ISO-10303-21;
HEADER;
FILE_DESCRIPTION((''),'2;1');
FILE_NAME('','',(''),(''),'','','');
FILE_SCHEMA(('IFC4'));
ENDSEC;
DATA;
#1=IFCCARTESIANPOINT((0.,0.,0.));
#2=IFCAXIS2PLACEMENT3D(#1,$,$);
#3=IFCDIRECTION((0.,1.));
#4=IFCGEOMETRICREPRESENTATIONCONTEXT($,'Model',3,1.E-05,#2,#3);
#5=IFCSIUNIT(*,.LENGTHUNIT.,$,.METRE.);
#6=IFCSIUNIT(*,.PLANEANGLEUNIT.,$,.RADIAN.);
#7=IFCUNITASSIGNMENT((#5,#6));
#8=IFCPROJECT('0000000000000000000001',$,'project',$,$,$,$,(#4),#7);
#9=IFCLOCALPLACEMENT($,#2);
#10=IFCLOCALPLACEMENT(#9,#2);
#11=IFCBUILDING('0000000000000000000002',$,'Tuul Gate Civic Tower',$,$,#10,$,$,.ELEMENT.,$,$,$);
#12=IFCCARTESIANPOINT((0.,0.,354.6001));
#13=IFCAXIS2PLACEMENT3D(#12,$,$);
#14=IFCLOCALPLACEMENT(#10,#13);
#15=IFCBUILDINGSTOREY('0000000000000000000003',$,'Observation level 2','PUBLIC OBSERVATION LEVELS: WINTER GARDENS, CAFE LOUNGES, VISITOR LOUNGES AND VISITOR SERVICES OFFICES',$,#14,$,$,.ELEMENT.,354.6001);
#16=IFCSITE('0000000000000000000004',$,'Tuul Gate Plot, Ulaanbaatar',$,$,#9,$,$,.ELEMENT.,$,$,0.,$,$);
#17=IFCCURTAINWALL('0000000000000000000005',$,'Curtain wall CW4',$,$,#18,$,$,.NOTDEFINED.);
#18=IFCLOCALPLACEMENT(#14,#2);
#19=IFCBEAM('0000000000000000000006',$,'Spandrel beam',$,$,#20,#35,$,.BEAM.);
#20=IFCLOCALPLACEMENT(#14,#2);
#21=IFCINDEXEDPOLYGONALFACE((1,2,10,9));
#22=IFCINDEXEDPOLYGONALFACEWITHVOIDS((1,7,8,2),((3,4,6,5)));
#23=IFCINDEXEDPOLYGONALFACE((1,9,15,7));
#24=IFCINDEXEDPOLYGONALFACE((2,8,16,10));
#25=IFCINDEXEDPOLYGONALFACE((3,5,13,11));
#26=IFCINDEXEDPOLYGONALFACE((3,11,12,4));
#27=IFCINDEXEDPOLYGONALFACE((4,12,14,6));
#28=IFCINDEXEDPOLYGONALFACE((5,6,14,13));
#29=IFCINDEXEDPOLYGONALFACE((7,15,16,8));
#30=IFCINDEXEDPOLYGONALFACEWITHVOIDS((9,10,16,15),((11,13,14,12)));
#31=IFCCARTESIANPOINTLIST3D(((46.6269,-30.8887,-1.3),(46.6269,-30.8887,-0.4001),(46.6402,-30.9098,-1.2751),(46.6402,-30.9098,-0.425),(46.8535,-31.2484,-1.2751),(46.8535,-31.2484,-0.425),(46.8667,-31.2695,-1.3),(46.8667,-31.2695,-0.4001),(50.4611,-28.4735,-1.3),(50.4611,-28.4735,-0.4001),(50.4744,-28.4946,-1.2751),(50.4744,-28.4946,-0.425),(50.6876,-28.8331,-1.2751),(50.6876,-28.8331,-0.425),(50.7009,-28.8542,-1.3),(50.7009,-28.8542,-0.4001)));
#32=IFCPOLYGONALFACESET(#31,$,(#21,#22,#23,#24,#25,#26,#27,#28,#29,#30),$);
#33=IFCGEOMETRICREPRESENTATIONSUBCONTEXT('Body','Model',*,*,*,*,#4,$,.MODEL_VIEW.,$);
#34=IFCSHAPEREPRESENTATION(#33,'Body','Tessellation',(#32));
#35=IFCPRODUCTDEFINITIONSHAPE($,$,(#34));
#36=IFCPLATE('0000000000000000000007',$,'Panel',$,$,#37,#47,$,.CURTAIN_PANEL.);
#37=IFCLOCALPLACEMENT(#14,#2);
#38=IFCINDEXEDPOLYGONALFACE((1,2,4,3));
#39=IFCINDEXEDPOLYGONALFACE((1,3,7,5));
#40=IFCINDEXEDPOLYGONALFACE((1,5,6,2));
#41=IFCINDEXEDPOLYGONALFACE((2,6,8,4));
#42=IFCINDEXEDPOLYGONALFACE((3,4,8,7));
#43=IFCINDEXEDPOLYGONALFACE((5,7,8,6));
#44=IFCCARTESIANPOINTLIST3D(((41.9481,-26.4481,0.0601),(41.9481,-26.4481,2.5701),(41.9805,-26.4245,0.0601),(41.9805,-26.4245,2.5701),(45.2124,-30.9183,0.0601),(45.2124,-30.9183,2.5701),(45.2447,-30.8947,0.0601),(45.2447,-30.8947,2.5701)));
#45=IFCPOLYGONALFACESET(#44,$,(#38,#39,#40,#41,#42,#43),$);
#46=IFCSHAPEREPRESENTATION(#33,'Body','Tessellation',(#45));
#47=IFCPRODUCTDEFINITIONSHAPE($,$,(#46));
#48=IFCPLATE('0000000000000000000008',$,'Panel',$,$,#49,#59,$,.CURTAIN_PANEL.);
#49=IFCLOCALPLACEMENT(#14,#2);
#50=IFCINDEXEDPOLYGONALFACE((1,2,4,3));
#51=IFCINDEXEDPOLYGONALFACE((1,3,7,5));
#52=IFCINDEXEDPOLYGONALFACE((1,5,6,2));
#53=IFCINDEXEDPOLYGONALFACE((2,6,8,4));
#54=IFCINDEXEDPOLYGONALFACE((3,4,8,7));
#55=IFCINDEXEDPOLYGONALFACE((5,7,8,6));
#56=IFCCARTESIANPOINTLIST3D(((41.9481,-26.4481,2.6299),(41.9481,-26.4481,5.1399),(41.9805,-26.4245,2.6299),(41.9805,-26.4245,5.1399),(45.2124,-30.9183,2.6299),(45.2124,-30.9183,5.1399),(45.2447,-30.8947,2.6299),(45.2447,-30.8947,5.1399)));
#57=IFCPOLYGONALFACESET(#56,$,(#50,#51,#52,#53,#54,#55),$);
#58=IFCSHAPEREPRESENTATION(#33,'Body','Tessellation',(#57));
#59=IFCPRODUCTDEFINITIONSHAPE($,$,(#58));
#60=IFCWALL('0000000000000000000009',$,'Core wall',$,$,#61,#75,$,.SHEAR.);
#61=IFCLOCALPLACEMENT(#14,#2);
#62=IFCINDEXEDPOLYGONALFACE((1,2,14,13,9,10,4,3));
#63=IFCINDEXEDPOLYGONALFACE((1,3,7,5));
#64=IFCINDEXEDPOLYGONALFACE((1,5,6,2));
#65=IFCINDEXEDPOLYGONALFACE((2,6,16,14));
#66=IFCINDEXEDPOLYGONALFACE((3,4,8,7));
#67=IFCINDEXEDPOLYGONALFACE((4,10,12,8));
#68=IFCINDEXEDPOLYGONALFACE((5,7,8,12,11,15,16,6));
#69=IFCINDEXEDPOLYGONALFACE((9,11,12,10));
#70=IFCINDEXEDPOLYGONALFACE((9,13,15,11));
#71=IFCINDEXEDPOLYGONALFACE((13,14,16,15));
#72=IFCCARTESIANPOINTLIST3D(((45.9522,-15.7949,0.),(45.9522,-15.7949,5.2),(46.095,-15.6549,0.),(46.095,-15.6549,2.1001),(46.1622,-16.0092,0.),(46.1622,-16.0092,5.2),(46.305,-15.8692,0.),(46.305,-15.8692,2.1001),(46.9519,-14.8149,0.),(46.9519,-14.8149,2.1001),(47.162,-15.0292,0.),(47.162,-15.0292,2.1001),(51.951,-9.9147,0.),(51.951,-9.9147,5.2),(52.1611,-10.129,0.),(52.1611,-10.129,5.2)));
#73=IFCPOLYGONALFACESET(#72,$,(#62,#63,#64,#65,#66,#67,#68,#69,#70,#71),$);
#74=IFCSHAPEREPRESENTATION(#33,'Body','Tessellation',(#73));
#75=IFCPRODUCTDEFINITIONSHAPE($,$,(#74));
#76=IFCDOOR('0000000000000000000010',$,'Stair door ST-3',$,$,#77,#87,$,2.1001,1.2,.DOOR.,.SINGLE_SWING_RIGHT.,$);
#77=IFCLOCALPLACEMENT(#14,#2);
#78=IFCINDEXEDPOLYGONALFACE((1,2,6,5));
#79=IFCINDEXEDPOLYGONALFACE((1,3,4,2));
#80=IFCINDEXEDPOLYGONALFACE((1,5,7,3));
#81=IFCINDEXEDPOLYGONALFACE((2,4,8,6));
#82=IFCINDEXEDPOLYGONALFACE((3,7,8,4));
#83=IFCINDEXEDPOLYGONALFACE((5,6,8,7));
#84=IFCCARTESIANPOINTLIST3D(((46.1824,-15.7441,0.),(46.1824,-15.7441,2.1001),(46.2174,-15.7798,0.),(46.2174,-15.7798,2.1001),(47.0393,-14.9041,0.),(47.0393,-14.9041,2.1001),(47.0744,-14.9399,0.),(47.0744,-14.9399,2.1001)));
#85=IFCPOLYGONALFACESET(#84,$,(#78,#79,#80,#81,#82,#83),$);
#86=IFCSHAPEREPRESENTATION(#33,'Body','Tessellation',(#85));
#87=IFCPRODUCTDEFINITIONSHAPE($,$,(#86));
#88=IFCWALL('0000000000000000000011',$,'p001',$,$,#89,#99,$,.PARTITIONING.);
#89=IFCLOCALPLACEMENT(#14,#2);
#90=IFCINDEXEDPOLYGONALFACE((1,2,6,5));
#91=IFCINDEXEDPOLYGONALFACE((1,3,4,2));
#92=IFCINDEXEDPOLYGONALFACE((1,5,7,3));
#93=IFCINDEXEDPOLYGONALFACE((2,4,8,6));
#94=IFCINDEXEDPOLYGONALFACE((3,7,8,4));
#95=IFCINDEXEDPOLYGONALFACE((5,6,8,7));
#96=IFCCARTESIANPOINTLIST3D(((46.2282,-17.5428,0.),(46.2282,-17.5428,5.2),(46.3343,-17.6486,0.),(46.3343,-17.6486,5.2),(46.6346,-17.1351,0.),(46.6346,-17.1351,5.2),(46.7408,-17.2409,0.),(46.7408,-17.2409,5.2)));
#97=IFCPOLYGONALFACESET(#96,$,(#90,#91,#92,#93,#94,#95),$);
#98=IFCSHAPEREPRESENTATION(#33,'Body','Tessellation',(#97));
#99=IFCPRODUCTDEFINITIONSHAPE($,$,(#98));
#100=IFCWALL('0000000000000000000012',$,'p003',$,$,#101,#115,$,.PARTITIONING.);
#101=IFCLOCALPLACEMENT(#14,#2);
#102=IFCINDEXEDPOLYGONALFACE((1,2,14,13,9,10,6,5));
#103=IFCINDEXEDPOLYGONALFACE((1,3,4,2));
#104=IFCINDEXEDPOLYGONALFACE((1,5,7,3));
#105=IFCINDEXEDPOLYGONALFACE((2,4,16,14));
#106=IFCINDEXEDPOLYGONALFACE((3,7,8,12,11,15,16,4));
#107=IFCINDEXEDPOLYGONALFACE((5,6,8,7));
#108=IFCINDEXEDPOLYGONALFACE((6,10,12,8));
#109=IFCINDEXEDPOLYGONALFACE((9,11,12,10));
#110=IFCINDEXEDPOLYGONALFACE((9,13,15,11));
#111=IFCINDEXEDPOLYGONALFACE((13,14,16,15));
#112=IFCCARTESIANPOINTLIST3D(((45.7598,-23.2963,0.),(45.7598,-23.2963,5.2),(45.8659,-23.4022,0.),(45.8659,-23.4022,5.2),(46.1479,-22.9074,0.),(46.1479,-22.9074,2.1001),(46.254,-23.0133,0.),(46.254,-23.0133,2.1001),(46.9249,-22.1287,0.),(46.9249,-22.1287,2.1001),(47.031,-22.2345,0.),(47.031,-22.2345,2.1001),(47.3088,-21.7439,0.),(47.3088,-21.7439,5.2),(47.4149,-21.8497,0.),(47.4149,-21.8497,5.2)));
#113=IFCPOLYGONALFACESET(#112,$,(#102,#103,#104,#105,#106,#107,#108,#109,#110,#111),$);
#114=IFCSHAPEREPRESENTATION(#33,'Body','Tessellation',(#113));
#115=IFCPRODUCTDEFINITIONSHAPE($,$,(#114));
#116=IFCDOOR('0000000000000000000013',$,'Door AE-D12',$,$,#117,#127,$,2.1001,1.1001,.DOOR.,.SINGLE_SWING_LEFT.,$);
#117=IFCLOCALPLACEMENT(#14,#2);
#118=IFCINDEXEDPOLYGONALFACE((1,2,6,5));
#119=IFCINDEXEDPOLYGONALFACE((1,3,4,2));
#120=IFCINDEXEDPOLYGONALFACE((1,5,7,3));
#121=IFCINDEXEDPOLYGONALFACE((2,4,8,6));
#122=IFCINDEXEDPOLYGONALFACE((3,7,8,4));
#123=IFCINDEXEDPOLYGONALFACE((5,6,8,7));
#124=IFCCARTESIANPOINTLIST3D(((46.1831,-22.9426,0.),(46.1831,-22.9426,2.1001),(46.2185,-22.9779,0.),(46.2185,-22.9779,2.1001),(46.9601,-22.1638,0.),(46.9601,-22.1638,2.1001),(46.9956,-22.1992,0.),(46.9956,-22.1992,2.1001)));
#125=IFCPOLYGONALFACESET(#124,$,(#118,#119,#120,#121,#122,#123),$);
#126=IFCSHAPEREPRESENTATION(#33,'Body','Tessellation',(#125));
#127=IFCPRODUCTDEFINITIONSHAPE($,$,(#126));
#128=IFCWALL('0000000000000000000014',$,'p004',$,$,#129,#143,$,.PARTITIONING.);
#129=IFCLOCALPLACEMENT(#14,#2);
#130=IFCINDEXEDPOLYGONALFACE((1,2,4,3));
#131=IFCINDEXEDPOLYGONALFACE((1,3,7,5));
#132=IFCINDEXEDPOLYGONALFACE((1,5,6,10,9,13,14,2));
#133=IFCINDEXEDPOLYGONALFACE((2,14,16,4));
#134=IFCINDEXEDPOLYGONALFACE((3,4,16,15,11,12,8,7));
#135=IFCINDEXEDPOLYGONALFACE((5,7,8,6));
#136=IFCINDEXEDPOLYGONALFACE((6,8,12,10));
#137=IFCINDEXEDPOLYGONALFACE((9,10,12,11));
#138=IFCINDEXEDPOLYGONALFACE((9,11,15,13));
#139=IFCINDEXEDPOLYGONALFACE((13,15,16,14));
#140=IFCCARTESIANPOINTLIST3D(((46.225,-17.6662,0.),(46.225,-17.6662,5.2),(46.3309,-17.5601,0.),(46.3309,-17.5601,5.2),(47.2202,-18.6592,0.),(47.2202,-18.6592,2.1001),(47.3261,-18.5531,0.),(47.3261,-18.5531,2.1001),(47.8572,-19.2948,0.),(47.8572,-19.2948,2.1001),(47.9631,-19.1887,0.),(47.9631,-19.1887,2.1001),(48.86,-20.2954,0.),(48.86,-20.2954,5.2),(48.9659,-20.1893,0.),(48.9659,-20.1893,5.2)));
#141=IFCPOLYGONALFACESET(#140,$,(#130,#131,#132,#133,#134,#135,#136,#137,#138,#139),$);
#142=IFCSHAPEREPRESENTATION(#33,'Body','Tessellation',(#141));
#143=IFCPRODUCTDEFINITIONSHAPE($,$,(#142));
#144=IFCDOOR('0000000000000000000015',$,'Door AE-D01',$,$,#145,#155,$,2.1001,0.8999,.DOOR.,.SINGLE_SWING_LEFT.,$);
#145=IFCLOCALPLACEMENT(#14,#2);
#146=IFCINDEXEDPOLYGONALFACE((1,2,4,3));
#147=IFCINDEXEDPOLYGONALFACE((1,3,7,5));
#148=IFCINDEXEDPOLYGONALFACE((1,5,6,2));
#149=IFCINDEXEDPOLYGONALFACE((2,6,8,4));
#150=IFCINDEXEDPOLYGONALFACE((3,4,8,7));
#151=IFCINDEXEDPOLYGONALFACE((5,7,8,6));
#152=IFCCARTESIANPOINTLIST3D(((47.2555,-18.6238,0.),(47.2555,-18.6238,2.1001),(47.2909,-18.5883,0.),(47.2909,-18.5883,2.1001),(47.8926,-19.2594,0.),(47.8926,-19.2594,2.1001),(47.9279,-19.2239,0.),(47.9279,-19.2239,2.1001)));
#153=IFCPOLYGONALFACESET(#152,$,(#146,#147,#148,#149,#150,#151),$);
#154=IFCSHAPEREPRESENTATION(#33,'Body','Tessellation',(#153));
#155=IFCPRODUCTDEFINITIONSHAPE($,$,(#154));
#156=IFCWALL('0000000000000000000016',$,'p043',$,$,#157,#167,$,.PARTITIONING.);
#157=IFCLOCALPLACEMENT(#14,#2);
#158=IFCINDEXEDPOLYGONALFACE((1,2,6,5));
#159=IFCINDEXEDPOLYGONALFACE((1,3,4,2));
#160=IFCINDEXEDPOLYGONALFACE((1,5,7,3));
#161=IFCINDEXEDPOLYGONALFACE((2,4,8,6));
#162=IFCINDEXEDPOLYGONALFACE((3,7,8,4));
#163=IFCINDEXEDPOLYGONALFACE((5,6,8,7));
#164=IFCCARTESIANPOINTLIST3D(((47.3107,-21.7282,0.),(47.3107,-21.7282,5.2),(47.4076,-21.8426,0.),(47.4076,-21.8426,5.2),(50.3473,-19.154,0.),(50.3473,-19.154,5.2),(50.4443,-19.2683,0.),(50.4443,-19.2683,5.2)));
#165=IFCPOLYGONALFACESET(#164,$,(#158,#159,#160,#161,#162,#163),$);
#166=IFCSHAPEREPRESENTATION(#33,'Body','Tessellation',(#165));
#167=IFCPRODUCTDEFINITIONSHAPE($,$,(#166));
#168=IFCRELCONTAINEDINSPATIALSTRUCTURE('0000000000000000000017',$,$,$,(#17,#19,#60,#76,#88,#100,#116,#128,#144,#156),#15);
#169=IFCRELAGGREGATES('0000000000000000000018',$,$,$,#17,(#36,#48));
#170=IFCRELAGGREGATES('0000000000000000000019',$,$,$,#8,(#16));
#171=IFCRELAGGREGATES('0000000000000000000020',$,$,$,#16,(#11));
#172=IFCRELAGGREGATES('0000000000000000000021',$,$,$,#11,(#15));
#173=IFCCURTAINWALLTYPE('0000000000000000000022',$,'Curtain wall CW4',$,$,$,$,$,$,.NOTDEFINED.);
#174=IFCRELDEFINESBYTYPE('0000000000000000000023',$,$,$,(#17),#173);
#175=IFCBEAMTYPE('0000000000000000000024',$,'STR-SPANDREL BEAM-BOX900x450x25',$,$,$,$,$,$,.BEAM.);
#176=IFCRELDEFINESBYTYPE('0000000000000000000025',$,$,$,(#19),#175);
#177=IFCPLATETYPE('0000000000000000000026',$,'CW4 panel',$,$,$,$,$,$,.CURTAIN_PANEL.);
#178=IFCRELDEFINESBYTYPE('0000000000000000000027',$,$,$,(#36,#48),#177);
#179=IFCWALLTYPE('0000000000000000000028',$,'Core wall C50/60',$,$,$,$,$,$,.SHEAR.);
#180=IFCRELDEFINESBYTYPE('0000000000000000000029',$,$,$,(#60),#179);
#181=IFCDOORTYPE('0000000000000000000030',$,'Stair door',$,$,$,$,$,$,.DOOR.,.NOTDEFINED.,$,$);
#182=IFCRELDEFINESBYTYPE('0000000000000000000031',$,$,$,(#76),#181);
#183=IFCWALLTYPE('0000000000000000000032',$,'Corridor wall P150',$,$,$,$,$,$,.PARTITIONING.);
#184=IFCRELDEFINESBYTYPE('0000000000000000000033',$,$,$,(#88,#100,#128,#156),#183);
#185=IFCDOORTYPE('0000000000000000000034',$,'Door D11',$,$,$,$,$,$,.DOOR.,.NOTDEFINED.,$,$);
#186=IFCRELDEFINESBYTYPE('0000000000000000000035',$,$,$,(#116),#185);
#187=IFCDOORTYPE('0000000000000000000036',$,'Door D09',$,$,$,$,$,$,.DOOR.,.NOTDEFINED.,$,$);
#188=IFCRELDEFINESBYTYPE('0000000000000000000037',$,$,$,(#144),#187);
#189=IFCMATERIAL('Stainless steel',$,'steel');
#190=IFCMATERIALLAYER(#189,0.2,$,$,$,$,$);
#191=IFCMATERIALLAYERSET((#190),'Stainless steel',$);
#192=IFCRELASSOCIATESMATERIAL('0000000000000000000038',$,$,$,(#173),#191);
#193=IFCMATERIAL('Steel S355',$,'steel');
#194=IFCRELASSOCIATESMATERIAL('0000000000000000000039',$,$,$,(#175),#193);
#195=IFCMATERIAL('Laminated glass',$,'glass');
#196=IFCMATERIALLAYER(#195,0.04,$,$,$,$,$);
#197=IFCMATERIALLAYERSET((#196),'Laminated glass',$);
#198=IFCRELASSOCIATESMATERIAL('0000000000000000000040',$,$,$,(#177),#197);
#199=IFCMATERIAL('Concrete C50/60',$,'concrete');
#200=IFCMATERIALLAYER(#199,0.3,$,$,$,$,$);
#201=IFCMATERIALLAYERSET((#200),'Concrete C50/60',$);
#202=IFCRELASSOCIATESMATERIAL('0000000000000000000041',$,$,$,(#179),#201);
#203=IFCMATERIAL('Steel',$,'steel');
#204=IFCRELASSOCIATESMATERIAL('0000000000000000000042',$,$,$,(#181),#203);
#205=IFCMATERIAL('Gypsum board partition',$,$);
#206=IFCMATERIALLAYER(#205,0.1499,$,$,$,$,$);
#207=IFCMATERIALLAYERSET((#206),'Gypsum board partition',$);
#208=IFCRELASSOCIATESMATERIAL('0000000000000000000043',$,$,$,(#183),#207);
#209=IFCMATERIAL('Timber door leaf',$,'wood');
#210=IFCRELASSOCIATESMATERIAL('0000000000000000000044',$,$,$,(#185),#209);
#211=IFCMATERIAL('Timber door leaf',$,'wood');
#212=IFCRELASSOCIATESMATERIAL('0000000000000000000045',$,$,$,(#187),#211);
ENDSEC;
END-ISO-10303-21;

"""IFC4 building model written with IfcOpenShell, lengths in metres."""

from ifc_helpers import new_model, si_unit, direction, frame, frame_2d, origin, origin_2d, place, context, subcontext, project, spatial, rectangle, hollow_rectangle, extrude, material, layer, layer_set, material_profile, profile_set, type_object, element, fill, aggregate, save


model = new_model("IFC4")

# Units and contexts
model_context = context("Model", 3, precision=1e-05, world=origin(), true_north=direction((0.0, 1.0)))
body_context = subcontext(model_context, "Body", "Model", "MODEL_VIEW")
ifc_project = project(units=[si_unit("LENGTHUNIT", "METRE"), si_unit("PLANEANGLEUNIT", "RADIAN")], contexts=[model_context])

# Site, building, storey
site_placement = place(None, origin())
site = spatial("IfcSite", under=ifc_project, at=site_placement, Name="Tuul Gate Plot, Ulaanbaatar", CompositionType="ELEMENT", RefElevation=0.0)
building_placement = place(site_placement, origin())
building = spatial("IfcBuilding", under=site, at=building_placement, Name="Tuul Gate Civic Tower", CompositionType="ELEMENT")
storey_placement = place(building_placement, frame((0.0, 0.0, 354.6001)))
storey = spatial("IfcBuildingStorey", under=building, at=storey_placement, Name="Observation level 2", Description="PUBLIC OBSERVATION LEVELS: WINTER GARDENS, CAFE LOUNGES, VISITOR LOUNGES AND VISITOR SERVICES OFFICES", CompositionType="ELEMENT", Elevation=354.6001)

# Curtain wall
ifc_material_1 = material(Name="Stainless steel", Category="steel")
ifc_layer_1 = layer(ifc_material_1, 0.2)
ifc_layer_set_1 = layer_set([ifc_layer_1], Name="Stainless steel")
curtain_wall_type = type_object("IfcCurtainWallType", Name="Curtain wall CW4", PredefinedType="NOTDEFINED", material=ifc_layer_set_1)
curtain_wall_1_placement = place(storey_placement, origin())
curtain_wall_1 = element("IfcCurtainWall", 1, at=curtain_wall_1_placement, inside=storey, type_object=curtain_wall_type, Name="Curtain wall CW4", PredefinedType="NOTDEFINED")

# Beam
ifc_material_2 = material(Name="Steel S355", Category="steel")
ifc_material_profile_1 = material_profile(ifc_material_2, hollow_rectangle(XDim=0.45, YDim=0.8999, WallThickness=0.0249, at=origin_2d()), Name="BOX900x450x25")
ifc_profile_set_1 = profile_set([ifc_material_profile_1], Name="Steel S355")
beam_type = type_object("IfcBeamType", Name="STR-SPANDREL BEAM-BOX900x450x25", PredefinedType="BEAM", material=ifc_profile_set_1)
beam_1_placement = place(storey_placement, frame((46.7468, -31.0791, -0.8501), z_axis=(0.846119, 0.532993, 0.0), x_axis=(-0.532993, 0.846119, 0.0)))
element("IfcBeam", 2, at=beam_1_placement, inside=storey, type_object=beam_type, Name="Spandrel beam", PredefinedType="BEAM", context=body_context, shape_type="SweptSolid", body=[
    extrude(hollow_rectangle(XDim=0.45, YDim=0.8999, WallThickness=0.0249, at=origin_2d()), origin(), (0.0, 0.0, 1.0), 4.5315),
])

# Plates
ifc_material_3 = material(Name="Laminated glass", Category="glass")
ifc_layer_2 = layer(ifc_material_3, 0.04)
ifc_layer_set_2 = layer_set([ifc_layer_2], Name="Laminated glass")
plate_type = type_object("IfcPlateType", Name="CW4 panel", PredefinedType="CURTAIN_PANEL", material=ifc_layer_set_2)
plate_1_placement = place(storey_placement, frame((43.5964, -28.6714, 0.0601), z_axis=(0.0, 0.0, 1.0), x_axis=(0.589737, -0.807595, 0.0)))
plate_1 = element("IfcPlate", 3, at=plate_1_placement, type_object=plate_type, Name="Panel", PredefinedType="CURTAIN_PANEL", context=body_context, shape_type="SweptSolid", body=[
    extrude(rectangle(XDim=5.5352, YDim=0.04, at=origin_2d()), origin(), (0.0, 0.0, 1.0), 2.51),
])
plate_2_placement = place(storey_placement, frame((43.5964, -28.6714, 2.6299), z_axis=(0.0, 0.0, 1.0), x_axis=(0.589737, -0.807595, 0.0)))
plate_2 = element("IfcPlate", 4, at=plate_2_placement, type_object=plate_type, Name="Panel", PredefinedType="CURTAIN_PANEL", context=body_context, shape_type="SweptSolid", body=[
    extrude(rectangle(XDim=5.5352, YDim=0.04, at=origin_2d()), origin(), (0.0, 0.0, 1.0), 2.51),
])
aggregate(curtain_wall_1, [plate_1, plate_2])

# Wall, opening, door
ifc_material_4 = material(Name="Concrete C50/60", Category="concrete")
ifc_layer_3 = layer(ifc_material_4, 0.3)
ifc_layer_set_3 = layer_set([ifc_layer_3], Name="Concrete C50/60")
wall_type_1 = type_object("IfcWallType", Name="Core wall C50/60", PredefinedType="SHEAR", material=ifc_layer_set_3)
wall_1_placement = place(storey_placement, frame((46.0571, -15.9021, 0.0), z_axis=(0.0, 0.0, 1.0), x_axis=(0.714134, 0.700009, 0.0)))
wall_1 = element("IfcWall", 5, at=wall_1_placement, inside=storey, type_object=wall_type_1, Name="Core wall", PredefinedType="SHEAR", context=body_context, shape_type="SweptSolid", body=[
    extrude(rectangle(XDim=8.4001, YDim=0.3, at=frame_2d((4.2002, 0.0))), origin(), (0.0, 0.0, 1.0), 5.2),
])
opening_1_placement = place(wall_1_placement, frame((0.2, 0.0, 0.0)))
opening_1 = element("IfcOpeningElement", 6, at=opening_1_placement, cuts=wall_1, PredefinedType="OPENING", context=body_context, shape_type="SweptSolid", body=[
    extrude(rectangle(XDim=1.2, YDim=2.1001, at=frame_2d((0.6001, 1.05))), frame((0.0, 0.1602, 0.0), z_axis=(0.0, -1.0, 0.0), x_axis=(1.0, 0.0, 0.0)), (0.0, 0.0, 1.0), 0.3201),
])
ifc_material_5 = material(Name="Steel", Category="steel")
door_type_1 = type_object("IfcDoorType", Name="Stair door", OperationType="NOTDEFINED", PredefinedType="DOOR", material=ifc_material_5)
door_1_placement = place(opening_1_placement, frame((1.2, 0.0, 0.0), z_axis=(0.0, 0.0, 1.0), x_axis=(-1.0, 0.0, 0.0)))
door_1 = element("IfcDoor", 7, at=door_1_placement, inside=storey, type_object=door_type_1, Name="Stair door ST-3", OperationType="SINGLE_SWING_RIGHT", OverallHeight=2.1001, OverallWidth=1.2, PredefinedType="DOOR", context=body_context, shape_type="SweptSolid", body=[
    extrude(rectangle(XDim=1.2, YDim=2.1001, at=frame_2d((0.5999, 1.05))), frame((0.0, 0.0249, 0.0), z_axis=(0.0, -1.0, 0.0), x_axis=(1.0, 0.0, 0.0)), (0.0, 0.0, 1.0), 0.05),
])
fill(opening_1, door_1)

# Wall
ifc_material_6 = material(Name="Gypsum board partition")
ifc_layer_4 = layer(ifc_material_6, 0.1499)
ifc_layer_set_4 = layer_set([ifc_layer_4], Name="Gypsum board partition")
wall_type_2 = type_object("IfcWallType", Name="Corridor wall P150", PredefinedType="PARTITIONING", material=ifc_layer_set_4)
wall_2_placement = place(storey_placement, frame((46.2812, -17.5957, 0.0), z_axis=(0.0, 0.0, 1.0), x_axis=(0.706046, 0.708166, 0.0)))
element("IfcWall", 8, at=wall_2_placement, inside=storey, type_object=wall_type_2, Name="p001", PredefinedType="PARTITIONING", context=body_context, shape_type="SweptSolid", body=[
    extrude(rectangle(XDim=0.5757, YDim=0.1499, at=frame_2d((0.2878, 0.0))), origin(), (0.0, 0.0, 1.0), 5.2),
])

# Walls, openings, doors
wall_3_placement = place(storey_placement, frame((45.8127, -23.3494, 0.0), z_axis=(0.0, 0.0, 1.0), x_axis=(0.706327, 0.707886, 0.0)))
wall_3 = element("IfcWall", 9, at=wall_3_placement, inside=storey, type_object=wall_type_2, Name="p003", PredefinedType="PARTITIONING", context=body_context, shape_type="SweptSolid", body=[
    extrude(rectangle(XDim=2.1931, YDim=0.1499, at=frame_2d((1.0967, 0.0))), origin(), (0.0, 0.0, 1.0), 5.2),
])
opening_2_placement = place(wall_3_placement, frame((0.5496, 0.0, 0.0)))
opening_2 = element("IfcOpeningElement", 10, at=opening_2_placement, cuts=wall_3, PredefinedType="OPENING", context=body_context, shape_type="SweptSolid", body=[
    extrude(rectangle(XDim=1.1001, YDim=2.1001, at=frame_2d((0.55, 1.05))), frame((0.0, 0.085, 0.0), z_axis=(0.0, -1.0, 0.0), x_axis=(1.0, 0.0, 0.0)), (0.0, 0.0, 1.0), 0.1699),
])
ifc_material_7 = material(Name="Timber door leaf", Category="wood")
door_type_2 = type_object("IfcDoorType", Name="Door D11", OperationType="NOTDEFINED", PredefinedType="DOOR", material=ifc_material_7)
door_2_placement = place(opening_2_placement, frame((1.1001, 0.0, 0.0), z_axis=(0.0, 0.0, 1.0), x_axis=(-1.0, 0.0, 0.0)))
door_2 = element("IfcDoor", 11, at=door_2_placement, inside=storey, type_object=door_type_2, Name="Door AE-D12", OperationType="SINGLE_SWING_LEFT", OverallHeight=2.1001, OverallWidth=1.1001, PredefinedType="DOOR", context=body_context, shape_type="SweptSolid", body=[
    extrude(rectangle(XDim=1.1001, YDim=2.1001, at=frame_2d((0.55, 1.05))), frame((0.0, 0.0249, 0.0), z_axis=(0.0, -1.0, 0.0), x_axis=(1.0, 0.0, 0.0)), (0.0, 0.0, 1.0), 0.05),
])
fill(opening_2, door_2)
wall_4_placement = place(storey_placement, frame((46.2778, -17.613, 0.0), z_axis=(0.0, 0.0, 1.0), x_axis=(0.707893, -0.706319, 0.0)))
wall_4 = element("IfcWall", 12, at=wall_4_placement, inside=storey, type_object=wall_type_2, Name="p004", PredefinedType="PARTITIONING", context=body_context, shape_type="SweptSolid", body=[
    extrude(rectangle(XDim=3.7224, YDim=0.1499, at=frame_2d((1.8613, 0.0))), origin(), (0.0, 0.0, 1.0), 5.2),
])
opening_3_placement = place(wall_4_placement, frame((1.406, 0.0, 0.0)))
opening_3 = element("IfcOpeningElement", 13, at=opening_3_placement, cuts=wall_4, PredefinedType="OPENING", context=body_context, shape_type="SweptSolid", body=[
    extrude(rectangle(XDim=0.8999, YDim=2.1001, at=frame_2d((0.45, 1.05))), frame((0.0, 0.085, 0.0), z_axis=(0.0, -1.0, 0.0), x_axis=(1.0, 0.0, 0.0)), (0.0, 0.0, 1.0), 0.1699),
])
ifc_material_8 = material(Name="Timber door leaf", Category="wood")
door_type_3 = type_object("IfcDoorType", Name="Door D09", OperationType="NOTDEFINED", PredefinedType="DOOR", material=ifc_material_8)
door_3_placement = place(opening_3_placement, frame((0.8999, 0.0, 0.0), z_axis=(0.0, 0.0, 1.0), x_axis=(-1.0, 0.0, 0.0)))
door_3 = element("IfcDoor", 14, at=door_3_placement, inside=storey, type_object=door_type_3, Name="Door AE-D01", OperationType="SINGLE_SWING_LEFT", OverallHeight=2.1001, OverallWidth=0.8999, PredefinedType="DOOR", context=body_context, shape_type="SweptSolid", body=[
    extrude(rectangle(XDim=0.8999, YDim=2.1001, at=frame_2d((0.45, 1.05))), frame((0.0, 0.0249, 0.0), z_axis=(0.0, -1.0, 0.0), x_axis=(1.0, 0.0, 0.0)), (0.0, 0.0, 1.0), 0.05),
])
fill(opening_3, door_3)

# Wall
wall_5_placement = place(storey_placement, frame((47.3591, -21.7854, 0.0), z_axis=(0.0, 0.0, 1.0), x_axis=(0.762795, 0.64664, 0.0)))
element("IfcWall", 15, at=wall_5_placement, inside=storey, type_object=wall_type_2, Name="p043", PredefinedType="PARTITIONING", context=body_context, shape_type="SweptSolid", body=[
    extrude(rectangle(XDim=3.981, YDim=0.1499, at=frame_2d((1.9905, 0.0))), origin(), (0.0, 0.0, 1.0), 5.2),
])

save(model, "model.ifc")
